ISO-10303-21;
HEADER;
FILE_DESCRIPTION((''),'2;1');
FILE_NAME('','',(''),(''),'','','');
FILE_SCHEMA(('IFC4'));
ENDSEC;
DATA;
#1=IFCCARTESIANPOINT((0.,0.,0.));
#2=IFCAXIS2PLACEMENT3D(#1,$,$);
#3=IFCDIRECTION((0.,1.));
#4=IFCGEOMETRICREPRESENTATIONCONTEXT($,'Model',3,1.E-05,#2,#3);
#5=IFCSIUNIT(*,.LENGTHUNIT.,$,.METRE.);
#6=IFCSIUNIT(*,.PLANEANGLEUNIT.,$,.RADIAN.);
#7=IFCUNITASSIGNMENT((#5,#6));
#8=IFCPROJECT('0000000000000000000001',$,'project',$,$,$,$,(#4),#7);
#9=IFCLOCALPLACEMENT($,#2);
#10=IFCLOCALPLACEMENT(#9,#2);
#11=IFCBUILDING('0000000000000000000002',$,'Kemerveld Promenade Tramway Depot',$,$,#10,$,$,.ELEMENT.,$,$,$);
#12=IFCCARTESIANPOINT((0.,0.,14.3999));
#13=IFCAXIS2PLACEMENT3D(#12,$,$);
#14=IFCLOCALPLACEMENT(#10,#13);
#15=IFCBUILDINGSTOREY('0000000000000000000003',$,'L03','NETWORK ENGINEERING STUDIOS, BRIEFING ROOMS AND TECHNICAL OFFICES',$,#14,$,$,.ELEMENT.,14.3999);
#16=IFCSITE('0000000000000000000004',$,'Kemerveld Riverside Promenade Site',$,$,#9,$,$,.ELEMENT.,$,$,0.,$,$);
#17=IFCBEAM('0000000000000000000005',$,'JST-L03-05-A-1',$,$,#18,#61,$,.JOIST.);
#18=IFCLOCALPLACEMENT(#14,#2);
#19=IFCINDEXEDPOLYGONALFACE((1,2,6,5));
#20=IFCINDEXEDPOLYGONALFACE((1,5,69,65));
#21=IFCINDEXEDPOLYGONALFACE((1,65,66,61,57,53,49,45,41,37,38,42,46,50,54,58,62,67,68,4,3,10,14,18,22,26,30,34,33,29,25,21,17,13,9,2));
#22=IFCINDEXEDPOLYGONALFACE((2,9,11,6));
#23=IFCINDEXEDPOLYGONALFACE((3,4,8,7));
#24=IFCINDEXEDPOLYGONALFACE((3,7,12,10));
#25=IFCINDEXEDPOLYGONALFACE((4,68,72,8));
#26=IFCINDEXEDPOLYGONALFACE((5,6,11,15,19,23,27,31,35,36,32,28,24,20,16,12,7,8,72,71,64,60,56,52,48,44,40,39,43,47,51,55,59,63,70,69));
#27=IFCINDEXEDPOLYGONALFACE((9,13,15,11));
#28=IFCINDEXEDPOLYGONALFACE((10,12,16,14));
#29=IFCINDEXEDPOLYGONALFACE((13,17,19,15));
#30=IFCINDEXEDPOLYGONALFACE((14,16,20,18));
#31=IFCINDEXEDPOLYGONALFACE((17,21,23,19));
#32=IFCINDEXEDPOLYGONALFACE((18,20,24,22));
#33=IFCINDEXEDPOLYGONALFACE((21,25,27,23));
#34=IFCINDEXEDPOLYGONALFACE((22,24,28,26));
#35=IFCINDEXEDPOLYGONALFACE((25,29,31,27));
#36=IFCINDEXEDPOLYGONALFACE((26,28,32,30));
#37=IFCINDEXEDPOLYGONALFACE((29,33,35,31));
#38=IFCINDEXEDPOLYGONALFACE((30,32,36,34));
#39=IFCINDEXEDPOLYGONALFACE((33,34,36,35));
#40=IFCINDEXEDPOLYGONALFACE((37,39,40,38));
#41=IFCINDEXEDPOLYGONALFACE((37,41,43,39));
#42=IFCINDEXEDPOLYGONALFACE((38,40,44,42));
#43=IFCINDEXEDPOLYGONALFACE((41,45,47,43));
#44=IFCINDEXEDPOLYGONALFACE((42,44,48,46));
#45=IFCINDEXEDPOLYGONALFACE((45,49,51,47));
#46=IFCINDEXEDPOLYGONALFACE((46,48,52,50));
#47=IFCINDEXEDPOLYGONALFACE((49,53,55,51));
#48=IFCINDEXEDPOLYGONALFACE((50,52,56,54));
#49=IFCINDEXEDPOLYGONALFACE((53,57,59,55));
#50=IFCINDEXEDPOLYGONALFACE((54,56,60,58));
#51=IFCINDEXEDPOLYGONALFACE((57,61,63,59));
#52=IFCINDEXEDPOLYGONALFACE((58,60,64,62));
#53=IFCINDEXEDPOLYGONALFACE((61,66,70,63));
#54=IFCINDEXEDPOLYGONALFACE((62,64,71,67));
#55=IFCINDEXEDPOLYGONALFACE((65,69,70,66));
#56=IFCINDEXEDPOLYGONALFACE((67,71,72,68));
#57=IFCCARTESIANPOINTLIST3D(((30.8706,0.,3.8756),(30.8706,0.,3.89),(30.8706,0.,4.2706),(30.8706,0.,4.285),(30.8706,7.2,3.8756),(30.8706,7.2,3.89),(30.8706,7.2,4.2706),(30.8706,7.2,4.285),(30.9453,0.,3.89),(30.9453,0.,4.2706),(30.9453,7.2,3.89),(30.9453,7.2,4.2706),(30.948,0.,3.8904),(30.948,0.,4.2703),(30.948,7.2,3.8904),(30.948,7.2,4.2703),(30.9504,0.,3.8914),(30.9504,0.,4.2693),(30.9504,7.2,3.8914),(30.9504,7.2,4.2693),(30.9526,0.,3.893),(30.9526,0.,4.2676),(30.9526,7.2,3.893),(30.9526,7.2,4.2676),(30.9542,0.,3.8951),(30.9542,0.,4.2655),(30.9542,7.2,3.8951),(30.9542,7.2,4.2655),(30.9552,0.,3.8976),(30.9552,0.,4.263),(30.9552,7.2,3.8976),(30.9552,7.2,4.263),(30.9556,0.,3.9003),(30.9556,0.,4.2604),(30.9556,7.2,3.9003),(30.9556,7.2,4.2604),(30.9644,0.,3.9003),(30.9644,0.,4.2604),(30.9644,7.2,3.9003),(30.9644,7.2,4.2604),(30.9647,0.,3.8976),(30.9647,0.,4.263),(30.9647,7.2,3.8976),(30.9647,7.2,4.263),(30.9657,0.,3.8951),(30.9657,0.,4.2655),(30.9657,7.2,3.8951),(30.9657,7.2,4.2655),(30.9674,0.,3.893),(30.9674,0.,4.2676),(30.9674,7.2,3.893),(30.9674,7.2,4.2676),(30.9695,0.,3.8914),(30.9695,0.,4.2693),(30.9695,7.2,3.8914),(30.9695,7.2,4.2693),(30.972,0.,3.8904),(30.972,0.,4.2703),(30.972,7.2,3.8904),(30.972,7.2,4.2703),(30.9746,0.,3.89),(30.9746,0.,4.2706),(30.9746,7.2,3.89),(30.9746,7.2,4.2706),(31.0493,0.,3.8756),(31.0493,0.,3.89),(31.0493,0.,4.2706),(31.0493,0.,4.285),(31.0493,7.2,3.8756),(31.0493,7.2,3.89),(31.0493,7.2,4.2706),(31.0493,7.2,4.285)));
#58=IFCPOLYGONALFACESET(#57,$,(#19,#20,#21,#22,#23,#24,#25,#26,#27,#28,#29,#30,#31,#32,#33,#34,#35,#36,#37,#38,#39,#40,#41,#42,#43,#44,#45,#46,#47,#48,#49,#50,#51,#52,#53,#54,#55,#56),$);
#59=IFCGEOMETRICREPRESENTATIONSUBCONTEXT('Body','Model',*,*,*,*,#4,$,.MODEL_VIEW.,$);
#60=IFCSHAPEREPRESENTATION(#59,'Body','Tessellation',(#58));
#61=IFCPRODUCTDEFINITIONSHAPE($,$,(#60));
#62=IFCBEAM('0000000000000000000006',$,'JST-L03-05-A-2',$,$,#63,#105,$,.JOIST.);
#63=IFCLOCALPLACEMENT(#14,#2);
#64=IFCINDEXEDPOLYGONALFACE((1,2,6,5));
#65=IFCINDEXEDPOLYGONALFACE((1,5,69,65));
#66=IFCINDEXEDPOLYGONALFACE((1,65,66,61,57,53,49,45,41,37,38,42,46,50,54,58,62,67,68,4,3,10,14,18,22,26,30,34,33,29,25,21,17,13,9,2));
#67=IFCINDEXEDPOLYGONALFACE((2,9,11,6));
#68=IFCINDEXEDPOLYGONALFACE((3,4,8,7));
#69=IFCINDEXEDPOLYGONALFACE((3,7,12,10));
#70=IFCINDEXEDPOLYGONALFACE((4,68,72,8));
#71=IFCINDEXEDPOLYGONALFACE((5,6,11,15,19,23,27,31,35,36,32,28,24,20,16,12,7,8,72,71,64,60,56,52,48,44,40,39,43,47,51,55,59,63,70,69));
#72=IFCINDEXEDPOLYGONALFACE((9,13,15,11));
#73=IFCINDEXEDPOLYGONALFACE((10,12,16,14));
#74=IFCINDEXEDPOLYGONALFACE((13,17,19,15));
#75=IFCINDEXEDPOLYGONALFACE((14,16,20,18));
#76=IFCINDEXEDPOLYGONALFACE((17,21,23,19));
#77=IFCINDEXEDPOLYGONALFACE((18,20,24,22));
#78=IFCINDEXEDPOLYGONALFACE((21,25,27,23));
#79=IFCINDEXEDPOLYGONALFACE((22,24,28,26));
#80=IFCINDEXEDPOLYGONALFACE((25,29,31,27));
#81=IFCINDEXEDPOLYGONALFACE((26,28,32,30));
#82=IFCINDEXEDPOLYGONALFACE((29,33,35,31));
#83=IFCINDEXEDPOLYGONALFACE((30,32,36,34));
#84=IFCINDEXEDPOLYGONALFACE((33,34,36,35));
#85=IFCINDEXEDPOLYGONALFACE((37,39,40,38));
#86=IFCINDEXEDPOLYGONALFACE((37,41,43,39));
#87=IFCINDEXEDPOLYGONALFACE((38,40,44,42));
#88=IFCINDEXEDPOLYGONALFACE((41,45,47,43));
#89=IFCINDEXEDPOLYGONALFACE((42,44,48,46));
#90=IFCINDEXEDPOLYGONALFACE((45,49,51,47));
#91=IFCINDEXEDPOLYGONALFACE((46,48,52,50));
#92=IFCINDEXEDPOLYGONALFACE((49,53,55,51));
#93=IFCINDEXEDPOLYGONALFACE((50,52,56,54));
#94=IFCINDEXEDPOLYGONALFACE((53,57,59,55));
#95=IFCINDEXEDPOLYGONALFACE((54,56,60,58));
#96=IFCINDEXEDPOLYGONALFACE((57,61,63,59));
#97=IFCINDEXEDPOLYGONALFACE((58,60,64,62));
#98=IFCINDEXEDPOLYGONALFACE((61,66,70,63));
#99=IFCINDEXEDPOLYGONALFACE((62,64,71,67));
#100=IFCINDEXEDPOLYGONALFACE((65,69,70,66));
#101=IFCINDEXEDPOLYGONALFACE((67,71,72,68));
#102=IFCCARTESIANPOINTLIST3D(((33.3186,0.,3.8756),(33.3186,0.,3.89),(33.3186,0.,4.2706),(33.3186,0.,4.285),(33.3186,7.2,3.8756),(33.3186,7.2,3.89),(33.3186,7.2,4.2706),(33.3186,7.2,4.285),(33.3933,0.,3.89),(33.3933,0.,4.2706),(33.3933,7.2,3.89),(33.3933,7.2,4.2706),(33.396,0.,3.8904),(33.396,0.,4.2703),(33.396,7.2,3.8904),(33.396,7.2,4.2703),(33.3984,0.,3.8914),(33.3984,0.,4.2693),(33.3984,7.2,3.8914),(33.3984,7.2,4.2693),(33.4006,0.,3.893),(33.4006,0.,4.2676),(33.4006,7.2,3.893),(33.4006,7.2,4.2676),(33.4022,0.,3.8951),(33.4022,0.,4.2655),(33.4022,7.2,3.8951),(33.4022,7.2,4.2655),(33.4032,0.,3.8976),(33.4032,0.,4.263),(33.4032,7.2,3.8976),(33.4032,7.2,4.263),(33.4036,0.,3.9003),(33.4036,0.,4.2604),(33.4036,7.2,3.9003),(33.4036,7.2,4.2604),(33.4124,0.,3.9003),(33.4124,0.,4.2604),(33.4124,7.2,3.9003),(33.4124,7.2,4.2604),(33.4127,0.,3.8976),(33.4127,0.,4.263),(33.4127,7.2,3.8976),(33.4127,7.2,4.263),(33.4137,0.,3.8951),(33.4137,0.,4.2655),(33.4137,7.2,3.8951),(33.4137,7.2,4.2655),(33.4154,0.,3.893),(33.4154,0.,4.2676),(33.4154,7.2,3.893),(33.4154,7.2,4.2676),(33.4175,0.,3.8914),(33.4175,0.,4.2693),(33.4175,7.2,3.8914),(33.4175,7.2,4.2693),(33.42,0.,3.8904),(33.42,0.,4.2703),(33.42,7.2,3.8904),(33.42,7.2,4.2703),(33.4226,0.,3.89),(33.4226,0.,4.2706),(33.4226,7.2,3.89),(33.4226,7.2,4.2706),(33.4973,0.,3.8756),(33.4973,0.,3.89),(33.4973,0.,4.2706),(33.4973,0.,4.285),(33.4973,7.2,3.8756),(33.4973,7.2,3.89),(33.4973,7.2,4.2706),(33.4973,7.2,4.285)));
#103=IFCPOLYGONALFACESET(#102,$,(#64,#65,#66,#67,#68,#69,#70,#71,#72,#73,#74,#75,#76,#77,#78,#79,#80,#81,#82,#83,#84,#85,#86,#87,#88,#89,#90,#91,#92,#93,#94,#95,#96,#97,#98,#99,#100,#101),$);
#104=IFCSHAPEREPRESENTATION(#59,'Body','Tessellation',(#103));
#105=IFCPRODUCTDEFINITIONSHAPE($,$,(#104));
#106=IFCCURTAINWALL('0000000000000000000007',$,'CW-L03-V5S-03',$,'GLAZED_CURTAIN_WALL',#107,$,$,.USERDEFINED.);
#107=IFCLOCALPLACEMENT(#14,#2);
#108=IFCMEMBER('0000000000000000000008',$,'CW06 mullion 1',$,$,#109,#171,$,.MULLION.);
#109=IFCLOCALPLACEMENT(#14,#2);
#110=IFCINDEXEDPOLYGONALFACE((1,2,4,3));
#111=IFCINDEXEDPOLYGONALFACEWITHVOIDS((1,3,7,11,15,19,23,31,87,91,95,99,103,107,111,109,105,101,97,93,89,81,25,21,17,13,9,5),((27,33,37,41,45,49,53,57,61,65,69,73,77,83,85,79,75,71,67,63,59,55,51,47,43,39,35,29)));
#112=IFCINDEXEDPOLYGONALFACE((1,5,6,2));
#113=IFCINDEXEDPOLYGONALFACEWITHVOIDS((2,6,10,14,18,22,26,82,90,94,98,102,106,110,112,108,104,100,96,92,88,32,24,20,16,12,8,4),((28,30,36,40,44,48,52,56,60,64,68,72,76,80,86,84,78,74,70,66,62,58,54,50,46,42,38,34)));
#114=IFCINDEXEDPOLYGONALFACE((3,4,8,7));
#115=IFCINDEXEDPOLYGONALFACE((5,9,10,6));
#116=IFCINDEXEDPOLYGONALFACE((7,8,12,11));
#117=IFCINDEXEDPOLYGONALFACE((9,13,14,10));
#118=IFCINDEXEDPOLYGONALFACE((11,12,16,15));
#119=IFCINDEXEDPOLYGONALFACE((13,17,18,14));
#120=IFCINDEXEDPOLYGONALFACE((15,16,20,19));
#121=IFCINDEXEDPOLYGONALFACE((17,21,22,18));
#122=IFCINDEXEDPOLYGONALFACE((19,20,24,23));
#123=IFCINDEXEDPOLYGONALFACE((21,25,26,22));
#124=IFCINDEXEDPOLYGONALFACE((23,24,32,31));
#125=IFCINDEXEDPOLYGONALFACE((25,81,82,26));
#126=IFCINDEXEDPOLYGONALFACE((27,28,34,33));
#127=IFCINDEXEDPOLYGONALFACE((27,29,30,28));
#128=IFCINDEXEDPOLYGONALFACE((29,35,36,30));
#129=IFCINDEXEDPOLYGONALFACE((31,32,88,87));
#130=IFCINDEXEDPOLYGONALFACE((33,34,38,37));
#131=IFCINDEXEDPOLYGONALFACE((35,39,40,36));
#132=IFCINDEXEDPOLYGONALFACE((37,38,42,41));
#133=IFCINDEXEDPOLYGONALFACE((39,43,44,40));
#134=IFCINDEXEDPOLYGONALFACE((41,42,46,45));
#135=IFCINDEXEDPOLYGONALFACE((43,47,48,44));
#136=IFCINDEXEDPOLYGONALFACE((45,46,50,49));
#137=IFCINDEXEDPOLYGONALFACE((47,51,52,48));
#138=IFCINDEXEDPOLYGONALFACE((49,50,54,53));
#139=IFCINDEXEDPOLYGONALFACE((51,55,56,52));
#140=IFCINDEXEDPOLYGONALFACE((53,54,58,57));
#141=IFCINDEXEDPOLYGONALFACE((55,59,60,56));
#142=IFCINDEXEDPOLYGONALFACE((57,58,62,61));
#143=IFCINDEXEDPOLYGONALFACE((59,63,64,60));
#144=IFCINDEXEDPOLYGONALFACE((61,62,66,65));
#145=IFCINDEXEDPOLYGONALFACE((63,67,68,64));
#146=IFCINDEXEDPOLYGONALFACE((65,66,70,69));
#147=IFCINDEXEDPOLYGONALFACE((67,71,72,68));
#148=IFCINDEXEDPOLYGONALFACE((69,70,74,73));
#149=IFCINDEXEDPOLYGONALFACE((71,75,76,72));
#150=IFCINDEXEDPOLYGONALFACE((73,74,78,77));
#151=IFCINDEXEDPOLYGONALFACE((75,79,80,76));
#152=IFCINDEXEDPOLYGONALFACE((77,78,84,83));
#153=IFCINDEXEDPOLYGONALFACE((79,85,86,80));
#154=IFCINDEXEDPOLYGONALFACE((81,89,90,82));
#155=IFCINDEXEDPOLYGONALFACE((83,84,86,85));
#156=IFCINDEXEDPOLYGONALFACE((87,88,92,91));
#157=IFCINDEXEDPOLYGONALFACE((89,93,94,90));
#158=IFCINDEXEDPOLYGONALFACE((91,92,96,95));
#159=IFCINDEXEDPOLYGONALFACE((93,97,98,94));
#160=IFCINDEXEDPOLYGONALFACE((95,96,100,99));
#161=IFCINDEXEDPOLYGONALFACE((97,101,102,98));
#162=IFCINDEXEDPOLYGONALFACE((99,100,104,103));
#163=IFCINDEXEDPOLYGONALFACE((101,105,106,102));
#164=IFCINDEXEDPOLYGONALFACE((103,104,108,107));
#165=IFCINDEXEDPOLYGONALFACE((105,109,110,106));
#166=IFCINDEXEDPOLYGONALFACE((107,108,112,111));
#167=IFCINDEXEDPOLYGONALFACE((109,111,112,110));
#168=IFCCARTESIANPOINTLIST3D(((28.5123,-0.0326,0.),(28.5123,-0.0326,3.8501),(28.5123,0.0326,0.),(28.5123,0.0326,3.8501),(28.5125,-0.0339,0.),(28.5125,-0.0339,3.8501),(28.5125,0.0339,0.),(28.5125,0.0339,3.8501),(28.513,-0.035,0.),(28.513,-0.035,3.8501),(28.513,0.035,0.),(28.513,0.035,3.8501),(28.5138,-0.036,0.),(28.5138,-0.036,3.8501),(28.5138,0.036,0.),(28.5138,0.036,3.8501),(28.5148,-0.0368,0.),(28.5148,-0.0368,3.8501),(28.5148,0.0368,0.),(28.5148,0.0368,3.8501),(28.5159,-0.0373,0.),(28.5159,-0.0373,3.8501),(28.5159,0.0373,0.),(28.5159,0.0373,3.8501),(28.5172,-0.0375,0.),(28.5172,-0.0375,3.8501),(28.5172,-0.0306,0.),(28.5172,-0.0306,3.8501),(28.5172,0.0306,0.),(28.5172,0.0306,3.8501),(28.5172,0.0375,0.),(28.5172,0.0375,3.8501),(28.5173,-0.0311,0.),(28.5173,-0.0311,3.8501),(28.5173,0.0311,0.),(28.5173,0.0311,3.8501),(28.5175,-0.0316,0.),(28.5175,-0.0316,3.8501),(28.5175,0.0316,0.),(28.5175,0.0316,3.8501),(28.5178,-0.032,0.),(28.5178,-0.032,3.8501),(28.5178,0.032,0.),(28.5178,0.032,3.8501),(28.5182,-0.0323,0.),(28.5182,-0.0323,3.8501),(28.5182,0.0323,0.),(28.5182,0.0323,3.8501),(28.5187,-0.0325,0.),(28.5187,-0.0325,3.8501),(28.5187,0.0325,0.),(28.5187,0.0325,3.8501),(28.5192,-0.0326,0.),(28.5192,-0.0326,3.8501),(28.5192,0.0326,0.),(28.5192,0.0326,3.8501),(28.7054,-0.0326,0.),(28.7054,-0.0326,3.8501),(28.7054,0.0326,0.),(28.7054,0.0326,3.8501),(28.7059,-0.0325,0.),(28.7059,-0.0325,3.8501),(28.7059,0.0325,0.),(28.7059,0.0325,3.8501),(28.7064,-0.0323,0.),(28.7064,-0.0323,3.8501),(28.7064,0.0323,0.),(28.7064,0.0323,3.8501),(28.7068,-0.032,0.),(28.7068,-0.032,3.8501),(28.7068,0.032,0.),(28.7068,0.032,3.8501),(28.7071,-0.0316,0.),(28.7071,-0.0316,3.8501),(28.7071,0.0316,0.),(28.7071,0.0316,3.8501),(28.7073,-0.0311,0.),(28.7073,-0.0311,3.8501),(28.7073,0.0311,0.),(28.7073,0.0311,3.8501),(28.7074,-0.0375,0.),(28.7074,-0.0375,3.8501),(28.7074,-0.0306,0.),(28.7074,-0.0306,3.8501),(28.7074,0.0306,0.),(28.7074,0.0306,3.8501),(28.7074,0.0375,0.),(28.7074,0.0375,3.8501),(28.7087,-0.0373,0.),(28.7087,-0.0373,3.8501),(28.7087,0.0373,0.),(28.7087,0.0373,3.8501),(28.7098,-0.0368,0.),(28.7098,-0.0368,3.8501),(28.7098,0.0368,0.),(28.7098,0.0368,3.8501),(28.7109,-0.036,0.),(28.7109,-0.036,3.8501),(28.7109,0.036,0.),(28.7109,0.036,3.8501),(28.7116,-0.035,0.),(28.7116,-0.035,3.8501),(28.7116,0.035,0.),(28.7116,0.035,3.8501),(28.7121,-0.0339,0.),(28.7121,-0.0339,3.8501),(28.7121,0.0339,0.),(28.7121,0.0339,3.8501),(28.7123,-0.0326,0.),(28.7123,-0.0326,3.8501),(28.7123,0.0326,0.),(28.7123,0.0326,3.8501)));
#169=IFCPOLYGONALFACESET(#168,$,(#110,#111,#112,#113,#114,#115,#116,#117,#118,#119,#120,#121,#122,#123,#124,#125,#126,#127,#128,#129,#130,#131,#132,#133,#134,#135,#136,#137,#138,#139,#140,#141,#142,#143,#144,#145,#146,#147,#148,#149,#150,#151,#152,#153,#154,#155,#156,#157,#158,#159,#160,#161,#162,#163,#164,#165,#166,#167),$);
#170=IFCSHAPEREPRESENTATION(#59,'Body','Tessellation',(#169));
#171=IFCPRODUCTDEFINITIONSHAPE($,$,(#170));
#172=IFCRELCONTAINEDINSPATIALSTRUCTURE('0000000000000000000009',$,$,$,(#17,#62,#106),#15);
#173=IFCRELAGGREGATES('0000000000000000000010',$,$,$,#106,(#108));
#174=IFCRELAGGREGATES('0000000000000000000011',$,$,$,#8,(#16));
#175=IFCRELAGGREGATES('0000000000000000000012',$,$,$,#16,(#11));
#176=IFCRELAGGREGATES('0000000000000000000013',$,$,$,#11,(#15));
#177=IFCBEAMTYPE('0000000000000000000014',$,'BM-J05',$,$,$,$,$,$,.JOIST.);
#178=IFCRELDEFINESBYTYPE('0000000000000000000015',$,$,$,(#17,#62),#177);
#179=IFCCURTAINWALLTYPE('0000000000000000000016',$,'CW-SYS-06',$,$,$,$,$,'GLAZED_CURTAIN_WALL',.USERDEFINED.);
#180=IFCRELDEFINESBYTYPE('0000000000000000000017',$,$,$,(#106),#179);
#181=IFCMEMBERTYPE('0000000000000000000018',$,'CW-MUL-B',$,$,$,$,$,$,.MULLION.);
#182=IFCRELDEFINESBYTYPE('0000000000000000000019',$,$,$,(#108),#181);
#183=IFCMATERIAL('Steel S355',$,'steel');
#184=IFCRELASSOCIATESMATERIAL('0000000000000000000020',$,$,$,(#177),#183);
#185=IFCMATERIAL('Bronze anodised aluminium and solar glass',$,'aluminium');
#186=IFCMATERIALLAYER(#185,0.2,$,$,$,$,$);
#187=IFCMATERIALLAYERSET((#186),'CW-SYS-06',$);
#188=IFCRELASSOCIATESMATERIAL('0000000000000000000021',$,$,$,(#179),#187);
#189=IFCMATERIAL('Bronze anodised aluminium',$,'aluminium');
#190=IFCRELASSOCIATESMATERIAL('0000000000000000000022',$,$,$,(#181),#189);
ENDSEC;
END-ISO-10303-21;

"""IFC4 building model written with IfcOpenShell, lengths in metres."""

from ifc_helpers import new_model, si_unit, direction, frame, origin, origin_2d, place, context, subcontext, project, spatial, hollow_rectangle, i_section, extrude, material, layer, layer_set, material_profile, profile_set, type_object, element, aggregate, save


model = new_model("IFC4")

# Units and contexts
model_context = context("Model", 3, precision=1e-05, world=origin(), true_north=direction((0.0, 1.0)))
body_context = subcontext(model_context, "Body", "Model", "MODEL_VIEW")
ifc_project = project(units=[si_unit("LENGTHUNIT", "METRE"), si_unit("PLANEANGLEUNIT", "RADIAN")], contexts=[model_context])

# Site, building, storey
site_placement = place(None, origin())
site = spatial("IfcSite", under=ifc_project, at=site_placement, Name="Kemerveld Riverside Promenade Site", CompositionType="ELEMENT", RefElevation=0.0)
building_placement = place(site_placement, origin())
building = spatial("IfcBuilding", under=site, at=building_placement, Name="Kemerveld Promenade Tramway Depot", CompositionType="ELEMENT")
storey_placement = place(building_placement, frame((0.0, 0.0, 14.3999)))
storey = spatial("IfcBuildingStorey", under=building, at=storey_placement, Name="L03", Description="NETWORK ENGINEERING STUDIOS, BRIEFING ROOMS AND TECHNICAL OFFICES", CompositionType="ELEMENT", Elevation=14.3999)

# Shared definitions
ifc_material_1 = material(Name="Steel S355", Category="steel")

# Beams
ifc_material_profile_1 = material_profile(ifc_material_1, i_section(OverallWidth=0.1787, OverallDepth=0.4094, WebThickness=0.0088, FlangeThickness=0.0144, FilletRadius=0.0103, at=origin_2d()), Name="406x178x67 UB")
ifc_profile_set_1 = profile_set([ifc_material_profile_1], Name="Steel S355")
beam_type_1 = type_object("IfcBeamType", Name="BM-J05", PredefinedType="JOIST", material=ifc_profile_set_1)
for number, where, z_axis, x_axis, name in (
    (1, (30.96, 0.0, 4.0803), (0.0, 1.0, 0.0), (-1.0, 0.0, 0.0), "JST-L03-05-A-1"),
    (2, (33.408, 0.0, 4.0803), (0.0, 1.0, 0.0), (-1.0, 0.0, 0.0), "JST-L03-05-A-2"),
):
    element("IfcBeam", number, at=place(storey_placement, frame(where, z_axis=z_axis, x_axis=x_axis)), inside=storey, type_object=beam_type_1, Name=name, PredefinedType="JOIST", context=body_context, shape_type="SweptSolid", body=[
        extrude(i_section(OverallWidth=0.1787, OverallDepth=0.4094, WebThickness=0.0088, FlangeThickness=0.0144, FilletRadius=0.0103, at=origin_2d()), origin(), (0.0, 0.0, 1.0), 7.2),
    ])

# Curtain wall, member
ifc_material_2 = material(Name="Bronze anodised aluminium and solar glass", Category="aluminium")
ifc_layer_1 = layer(ifc_material_2, 0.2)
ifc_layer_set_1 = layer_set([ifc_layer_1], Name="CW-SYS-06")
curtain_wall_type = type_object("IfcCurtainWallType", Name="CW-SYS-06", ElementType="GLAZED_CURTAIN_WALL", PredefinedType="USERDEFINED", material=ifc_layer_set_1)
curtain_wall_placement = place(storey_placement, origin())
curtain_wall = element("IfcCurtainWall", 3, at=curtain_wall_placement, inside=storey, type_object=curtain_wall_type, Name="CW-L03-V5S-03", ObjectType="GLAZED_CURTAIN_WALL", PredefinedType="USERDEFINED")
ifc_material_3 = material(Name="Bronze anodised aluminium", Category="aluminium")
ifc_material_profile_2 = material_profile(ifc_material_3, hollow_rectangle(XDim=0.075, YDim=0.2, WallThickness=0.0049, InnerFilletRadius=0.002, OuterFilletRadius=0.0049, at=origin_2d()), Name="CW-MUL-200x75")
ifc_profile_set_2 = profile_set([ifc_material_profile_2], Name="Bronze anodised aluminium")
member_type_1 = type_object("IfcMemberType", Name="CW-MUL-B", PredefinedType="MULLION", material=ifc_profile_set_2)
member_1_placement = place(storey_placement, frame((28.6123, 0.0, 0.0), z_axis=(0.0, 0.0, 1.0), x_axis=(0.0, -1.0, 0.0)))
member_1 = element("IfcMember", 4, at=member_1_placement, type_object=member_type_1, Name="CW06 mullion 1", PredefinedType="MULLION", context=body_context, shape_type="SweptSolid", body=[
    extrude(hollow_rectangle(XDim=0.075, YDim=0.2, WallThickness=0.0049, InnerFilletRadius=0.002, OuterFilletRadius=0.0049, at=origin_2d()), origin(), (0.0, 0.0, 1.0), 3.8501),
])
aggregate(curtain_wall, [member_1])

save(model, "model.ifc")
